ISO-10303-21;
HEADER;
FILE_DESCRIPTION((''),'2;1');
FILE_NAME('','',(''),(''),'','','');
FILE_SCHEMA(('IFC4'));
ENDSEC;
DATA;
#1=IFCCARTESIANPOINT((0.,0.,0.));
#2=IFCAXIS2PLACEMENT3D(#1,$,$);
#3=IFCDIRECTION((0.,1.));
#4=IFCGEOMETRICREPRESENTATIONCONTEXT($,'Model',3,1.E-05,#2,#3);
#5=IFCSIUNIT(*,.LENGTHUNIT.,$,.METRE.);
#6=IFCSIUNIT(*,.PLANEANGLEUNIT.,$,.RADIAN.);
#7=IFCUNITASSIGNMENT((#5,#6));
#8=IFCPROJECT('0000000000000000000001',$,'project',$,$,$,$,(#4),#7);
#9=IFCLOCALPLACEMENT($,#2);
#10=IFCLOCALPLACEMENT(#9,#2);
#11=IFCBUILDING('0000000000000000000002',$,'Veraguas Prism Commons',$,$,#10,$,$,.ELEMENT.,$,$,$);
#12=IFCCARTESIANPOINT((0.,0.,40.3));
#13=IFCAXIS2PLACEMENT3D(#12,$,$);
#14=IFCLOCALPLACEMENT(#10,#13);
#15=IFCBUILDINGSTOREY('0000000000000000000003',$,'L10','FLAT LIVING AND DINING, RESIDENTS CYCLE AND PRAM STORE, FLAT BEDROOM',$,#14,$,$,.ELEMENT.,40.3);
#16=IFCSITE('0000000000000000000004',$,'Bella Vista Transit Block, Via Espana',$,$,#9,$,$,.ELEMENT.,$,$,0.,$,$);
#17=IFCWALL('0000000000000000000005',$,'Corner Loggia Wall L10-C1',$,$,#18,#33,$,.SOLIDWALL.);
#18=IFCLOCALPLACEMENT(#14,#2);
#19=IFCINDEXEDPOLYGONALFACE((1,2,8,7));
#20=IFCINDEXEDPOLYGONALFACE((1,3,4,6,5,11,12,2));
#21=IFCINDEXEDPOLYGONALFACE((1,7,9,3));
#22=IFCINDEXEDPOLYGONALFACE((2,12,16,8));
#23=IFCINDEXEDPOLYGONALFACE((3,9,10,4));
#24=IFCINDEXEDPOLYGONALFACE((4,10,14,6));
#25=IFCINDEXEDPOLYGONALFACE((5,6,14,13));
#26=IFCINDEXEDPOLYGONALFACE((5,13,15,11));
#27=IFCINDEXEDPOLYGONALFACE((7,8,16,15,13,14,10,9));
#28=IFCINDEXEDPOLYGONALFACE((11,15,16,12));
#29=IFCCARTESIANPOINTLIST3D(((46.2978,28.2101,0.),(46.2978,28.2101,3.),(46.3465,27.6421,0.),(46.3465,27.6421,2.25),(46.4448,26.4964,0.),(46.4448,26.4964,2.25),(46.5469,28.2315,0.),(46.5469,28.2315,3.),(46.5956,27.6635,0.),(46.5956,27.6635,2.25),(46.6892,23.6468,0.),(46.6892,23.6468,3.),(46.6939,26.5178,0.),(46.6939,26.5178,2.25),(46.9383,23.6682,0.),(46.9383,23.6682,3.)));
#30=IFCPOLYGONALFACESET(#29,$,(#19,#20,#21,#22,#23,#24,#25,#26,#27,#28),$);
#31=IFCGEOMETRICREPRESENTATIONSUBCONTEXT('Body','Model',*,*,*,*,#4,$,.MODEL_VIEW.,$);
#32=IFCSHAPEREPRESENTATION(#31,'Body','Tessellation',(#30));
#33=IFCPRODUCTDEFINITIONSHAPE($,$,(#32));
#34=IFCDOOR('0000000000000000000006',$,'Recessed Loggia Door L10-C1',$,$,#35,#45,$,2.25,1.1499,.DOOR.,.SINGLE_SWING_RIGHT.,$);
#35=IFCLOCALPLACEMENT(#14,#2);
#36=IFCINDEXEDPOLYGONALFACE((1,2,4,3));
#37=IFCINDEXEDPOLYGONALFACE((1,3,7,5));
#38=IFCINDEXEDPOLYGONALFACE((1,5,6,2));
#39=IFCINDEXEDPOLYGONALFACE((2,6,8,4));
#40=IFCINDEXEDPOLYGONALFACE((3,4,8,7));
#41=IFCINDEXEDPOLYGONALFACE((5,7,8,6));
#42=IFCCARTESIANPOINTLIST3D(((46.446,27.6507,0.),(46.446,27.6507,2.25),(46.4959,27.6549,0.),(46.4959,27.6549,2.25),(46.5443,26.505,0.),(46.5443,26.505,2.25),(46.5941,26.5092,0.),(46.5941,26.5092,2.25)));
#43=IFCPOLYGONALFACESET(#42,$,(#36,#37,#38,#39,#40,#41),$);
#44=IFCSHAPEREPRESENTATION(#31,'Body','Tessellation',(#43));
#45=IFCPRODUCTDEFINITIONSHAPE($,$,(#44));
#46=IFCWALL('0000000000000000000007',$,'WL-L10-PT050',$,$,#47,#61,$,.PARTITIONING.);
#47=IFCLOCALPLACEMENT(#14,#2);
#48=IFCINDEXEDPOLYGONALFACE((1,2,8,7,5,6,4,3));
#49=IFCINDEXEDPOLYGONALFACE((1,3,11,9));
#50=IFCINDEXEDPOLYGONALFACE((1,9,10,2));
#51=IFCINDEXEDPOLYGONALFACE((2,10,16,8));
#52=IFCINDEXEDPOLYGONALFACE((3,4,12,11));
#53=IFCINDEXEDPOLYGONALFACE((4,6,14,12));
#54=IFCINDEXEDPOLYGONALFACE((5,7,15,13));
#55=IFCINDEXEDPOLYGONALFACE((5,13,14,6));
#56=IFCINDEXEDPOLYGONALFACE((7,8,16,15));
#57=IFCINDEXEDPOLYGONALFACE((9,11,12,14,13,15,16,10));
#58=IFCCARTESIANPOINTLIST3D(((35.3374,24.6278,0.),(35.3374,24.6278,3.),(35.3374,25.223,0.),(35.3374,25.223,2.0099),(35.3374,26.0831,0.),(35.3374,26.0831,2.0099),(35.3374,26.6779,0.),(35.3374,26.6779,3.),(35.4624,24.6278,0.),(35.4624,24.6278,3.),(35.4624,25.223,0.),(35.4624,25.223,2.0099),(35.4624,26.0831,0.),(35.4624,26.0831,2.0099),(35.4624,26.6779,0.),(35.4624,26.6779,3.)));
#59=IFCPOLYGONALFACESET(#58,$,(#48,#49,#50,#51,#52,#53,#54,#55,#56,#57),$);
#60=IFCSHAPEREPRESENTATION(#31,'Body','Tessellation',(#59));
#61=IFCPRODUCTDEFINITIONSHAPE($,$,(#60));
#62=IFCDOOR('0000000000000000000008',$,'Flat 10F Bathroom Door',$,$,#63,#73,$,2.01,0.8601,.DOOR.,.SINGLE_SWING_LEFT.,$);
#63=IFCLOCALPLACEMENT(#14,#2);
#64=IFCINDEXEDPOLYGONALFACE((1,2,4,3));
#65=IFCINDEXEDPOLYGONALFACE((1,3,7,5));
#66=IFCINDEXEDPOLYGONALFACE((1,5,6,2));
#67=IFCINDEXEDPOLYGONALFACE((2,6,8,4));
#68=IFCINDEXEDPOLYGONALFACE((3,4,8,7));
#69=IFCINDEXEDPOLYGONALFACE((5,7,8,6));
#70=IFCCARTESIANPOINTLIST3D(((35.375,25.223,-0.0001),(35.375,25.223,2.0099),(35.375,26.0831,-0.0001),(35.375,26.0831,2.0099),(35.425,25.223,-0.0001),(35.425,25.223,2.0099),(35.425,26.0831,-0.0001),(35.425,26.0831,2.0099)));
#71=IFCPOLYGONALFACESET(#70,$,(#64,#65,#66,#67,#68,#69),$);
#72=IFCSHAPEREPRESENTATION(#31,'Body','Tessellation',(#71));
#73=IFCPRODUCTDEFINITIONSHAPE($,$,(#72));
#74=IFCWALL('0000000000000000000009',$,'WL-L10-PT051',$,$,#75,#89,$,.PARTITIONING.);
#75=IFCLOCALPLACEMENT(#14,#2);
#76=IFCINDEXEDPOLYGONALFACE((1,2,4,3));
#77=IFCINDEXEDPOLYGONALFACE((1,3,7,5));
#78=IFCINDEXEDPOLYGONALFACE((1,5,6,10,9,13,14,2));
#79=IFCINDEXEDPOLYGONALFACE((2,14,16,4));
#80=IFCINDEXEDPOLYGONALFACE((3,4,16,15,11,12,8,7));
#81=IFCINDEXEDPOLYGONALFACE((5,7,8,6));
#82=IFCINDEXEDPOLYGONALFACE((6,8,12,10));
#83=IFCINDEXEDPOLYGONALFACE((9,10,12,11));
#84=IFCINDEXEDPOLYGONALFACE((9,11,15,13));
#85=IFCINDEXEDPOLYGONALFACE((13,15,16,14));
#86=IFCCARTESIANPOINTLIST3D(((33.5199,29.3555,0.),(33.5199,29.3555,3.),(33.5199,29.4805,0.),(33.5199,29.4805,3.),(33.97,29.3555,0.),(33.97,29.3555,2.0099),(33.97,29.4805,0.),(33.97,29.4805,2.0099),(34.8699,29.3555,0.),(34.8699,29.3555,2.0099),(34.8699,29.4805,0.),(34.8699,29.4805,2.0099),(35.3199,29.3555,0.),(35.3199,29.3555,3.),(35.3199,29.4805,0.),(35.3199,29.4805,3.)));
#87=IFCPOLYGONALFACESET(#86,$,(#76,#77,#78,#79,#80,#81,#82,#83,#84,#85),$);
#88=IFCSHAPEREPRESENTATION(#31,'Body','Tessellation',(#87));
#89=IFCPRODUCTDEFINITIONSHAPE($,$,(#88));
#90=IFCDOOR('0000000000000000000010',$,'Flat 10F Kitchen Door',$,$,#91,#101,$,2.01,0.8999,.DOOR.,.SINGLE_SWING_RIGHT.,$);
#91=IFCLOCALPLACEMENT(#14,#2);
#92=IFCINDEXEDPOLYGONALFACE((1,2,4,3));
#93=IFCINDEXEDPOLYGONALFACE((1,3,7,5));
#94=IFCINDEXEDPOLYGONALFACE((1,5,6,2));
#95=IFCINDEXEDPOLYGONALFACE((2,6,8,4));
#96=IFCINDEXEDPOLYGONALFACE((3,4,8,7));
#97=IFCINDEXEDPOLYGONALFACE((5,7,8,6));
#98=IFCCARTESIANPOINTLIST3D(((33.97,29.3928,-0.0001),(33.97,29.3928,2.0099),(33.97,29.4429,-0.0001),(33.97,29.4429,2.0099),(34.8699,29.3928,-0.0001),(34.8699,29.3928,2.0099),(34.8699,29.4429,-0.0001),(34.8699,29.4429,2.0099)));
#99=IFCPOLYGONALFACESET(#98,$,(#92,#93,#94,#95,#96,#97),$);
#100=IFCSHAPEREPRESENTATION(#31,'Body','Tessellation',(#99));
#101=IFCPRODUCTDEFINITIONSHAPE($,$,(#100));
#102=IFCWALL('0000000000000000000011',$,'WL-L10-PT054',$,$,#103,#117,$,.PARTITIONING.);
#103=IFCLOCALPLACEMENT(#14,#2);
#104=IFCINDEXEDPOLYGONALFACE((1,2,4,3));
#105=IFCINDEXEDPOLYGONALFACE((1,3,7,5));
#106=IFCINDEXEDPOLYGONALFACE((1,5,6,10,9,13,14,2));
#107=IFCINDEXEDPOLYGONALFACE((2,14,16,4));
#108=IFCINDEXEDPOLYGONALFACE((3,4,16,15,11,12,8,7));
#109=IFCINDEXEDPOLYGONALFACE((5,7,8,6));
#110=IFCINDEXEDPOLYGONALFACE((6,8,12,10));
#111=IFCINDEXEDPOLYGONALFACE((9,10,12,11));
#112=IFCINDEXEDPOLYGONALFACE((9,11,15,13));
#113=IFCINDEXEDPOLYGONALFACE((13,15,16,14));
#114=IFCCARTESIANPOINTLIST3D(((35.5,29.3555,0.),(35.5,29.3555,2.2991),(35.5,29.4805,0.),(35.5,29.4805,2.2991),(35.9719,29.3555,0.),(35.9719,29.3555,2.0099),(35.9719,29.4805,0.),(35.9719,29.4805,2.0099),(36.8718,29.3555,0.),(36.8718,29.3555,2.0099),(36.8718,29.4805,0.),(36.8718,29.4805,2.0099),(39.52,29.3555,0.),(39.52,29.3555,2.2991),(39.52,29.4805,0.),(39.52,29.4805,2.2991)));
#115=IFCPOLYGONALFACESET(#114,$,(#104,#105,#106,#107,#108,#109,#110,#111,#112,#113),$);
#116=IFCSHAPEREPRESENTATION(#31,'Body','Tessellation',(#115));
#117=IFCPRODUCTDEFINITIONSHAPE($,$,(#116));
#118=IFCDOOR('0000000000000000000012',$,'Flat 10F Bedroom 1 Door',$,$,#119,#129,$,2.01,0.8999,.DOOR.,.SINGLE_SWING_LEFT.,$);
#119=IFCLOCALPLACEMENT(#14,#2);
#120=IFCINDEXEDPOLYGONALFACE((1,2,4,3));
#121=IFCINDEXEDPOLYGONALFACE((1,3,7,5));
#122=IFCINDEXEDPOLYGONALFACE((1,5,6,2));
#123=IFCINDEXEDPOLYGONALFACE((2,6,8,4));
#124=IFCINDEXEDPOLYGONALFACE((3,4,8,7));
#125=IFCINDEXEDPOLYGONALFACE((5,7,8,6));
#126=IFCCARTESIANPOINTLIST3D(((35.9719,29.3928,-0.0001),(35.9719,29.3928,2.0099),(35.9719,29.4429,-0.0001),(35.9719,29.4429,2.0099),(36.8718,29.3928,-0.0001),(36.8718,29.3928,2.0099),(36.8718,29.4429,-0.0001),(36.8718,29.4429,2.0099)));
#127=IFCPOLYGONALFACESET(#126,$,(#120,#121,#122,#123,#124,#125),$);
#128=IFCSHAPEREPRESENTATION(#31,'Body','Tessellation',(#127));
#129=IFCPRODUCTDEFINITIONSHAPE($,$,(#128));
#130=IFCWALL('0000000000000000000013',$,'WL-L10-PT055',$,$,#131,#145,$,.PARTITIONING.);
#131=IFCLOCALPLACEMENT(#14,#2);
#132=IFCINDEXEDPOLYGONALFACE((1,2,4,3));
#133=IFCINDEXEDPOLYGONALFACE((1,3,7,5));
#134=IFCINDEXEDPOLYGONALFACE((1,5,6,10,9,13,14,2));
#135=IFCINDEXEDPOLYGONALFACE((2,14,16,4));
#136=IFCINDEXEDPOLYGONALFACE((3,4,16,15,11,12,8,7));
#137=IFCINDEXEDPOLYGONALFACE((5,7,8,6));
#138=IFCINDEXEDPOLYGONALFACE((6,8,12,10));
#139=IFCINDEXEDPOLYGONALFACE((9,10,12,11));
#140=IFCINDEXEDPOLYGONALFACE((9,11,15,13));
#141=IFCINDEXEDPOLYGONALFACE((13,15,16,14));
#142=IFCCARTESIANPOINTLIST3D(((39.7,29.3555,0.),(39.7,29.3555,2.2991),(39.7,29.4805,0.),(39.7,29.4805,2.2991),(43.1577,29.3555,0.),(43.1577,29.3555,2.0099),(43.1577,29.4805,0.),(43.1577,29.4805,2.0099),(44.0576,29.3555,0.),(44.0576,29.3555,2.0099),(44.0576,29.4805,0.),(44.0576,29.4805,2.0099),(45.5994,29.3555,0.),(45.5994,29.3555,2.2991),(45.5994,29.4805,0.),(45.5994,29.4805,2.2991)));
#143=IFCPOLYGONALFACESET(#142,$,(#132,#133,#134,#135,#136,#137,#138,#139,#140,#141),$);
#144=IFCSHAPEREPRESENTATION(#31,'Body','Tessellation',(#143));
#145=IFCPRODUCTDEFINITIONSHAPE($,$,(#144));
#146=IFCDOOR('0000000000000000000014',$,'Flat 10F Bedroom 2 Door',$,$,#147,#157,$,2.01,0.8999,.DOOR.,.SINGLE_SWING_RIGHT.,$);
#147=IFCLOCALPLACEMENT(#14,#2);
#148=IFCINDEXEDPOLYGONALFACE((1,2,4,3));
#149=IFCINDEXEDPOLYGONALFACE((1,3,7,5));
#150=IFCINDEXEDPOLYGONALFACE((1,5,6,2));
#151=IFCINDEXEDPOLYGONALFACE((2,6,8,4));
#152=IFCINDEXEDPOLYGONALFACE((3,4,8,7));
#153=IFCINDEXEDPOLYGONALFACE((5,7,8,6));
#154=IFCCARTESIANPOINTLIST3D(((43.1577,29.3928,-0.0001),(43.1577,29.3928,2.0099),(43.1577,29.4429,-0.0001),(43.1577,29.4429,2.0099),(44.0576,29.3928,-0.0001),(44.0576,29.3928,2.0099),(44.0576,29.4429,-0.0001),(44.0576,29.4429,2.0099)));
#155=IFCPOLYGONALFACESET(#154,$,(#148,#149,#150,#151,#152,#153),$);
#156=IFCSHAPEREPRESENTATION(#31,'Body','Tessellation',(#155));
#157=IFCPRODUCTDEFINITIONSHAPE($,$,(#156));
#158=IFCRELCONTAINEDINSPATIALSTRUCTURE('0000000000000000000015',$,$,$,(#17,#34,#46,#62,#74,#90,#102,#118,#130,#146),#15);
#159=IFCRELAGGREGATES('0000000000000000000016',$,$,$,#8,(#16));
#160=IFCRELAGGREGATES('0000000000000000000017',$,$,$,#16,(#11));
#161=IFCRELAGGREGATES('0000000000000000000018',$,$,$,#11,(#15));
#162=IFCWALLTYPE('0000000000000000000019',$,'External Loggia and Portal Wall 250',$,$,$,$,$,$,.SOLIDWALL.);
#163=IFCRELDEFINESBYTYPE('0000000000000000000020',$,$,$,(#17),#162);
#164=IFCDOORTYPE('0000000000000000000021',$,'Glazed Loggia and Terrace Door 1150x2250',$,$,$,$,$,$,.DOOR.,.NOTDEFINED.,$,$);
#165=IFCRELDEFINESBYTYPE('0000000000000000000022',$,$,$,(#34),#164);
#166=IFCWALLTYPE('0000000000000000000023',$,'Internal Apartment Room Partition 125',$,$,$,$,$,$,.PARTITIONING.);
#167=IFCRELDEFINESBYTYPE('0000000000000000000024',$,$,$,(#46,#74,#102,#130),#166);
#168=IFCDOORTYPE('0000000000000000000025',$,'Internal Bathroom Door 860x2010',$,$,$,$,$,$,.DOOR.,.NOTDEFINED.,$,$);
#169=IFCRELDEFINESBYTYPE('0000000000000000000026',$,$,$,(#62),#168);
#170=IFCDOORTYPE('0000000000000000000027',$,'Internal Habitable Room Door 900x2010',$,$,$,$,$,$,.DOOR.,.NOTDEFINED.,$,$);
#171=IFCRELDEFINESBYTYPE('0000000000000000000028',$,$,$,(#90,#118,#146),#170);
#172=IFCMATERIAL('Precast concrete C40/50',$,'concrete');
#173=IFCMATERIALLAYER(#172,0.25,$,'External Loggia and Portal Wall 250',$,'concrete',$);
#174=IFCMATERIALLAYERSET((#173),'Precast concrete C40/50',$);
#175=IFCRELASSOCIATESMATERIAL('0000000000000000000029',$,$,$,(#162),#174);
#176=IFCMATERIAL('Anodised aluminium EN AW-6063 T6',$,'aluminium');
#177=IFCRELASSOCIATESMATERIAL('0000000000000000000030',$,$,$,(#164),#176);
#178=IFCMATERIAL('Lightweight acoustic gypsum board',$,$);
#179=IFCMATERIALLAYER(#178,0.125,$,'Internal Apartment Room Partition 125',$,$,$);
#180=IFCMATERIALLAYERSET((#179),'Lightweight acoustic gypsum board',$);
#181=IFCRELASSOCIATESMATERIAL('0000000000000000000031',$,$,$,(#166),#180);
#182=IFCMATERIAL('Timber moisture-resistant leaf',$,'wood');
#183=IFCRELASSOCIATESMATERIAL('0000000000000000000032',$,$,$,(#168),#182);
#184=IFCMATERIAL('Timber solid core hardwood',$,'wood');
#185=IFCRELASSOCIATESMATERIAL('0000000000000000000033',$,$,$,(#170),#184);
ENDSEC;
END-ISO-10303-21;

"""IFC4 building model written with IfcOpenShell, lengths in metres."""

from ifc_helpers import new_model, si_unit, direction, frame, frame_2d, origin, place, context, subcontext, project, spatial, rectangle, extrude, source, transform, mapped, material, layer, layer_set, type_object, element, fill, save


model = new_model("IFC4")

# Units and contexts
model_context = context("Model", 3, precision=1e-05, world=origin(), true_north=direction((0.0, 1.0)))
body_context = subcontext(model_context, "Body", "Model", "MODEL_VIEW")
ifc_project = project(units=[si_unit("LENGTHUNIT", "METRE"), si_unit("PLANEANGLEUNIT", "RADIAN")], contexts=[model_context])

# Site, building, storey
site_placement = place(None, origin())
site = spatial("IfcSite", under=ifc_project, at=site_placement, Name="Bella Vista Transit Block, Via Espana", CompositionType="ELEMENT", RefElevation=0.0)
building_placement = place(site_placement, origin())
building = spatial("IfcBuilding", under=site, at=building_placement, Name="Veraguas Prism Commons", CompositionType="ELEMENT")
storey_placement = place(building_placement, frame((0.0, 0.0, 40.3)))
storey = spatial("IfcBuildingStorey", under=building, at=storey_placement, Name="L10", Description="FLAT LIVING AND DINING, RESIDENTS CYCLE AND PRAM STORE, FLAT BEDROOM", CompositionType="ELEMENT", Elevation=40.3)

# Shared definitions
ifc_material_1 = material(Name="Anodised aluminium EN AW-6063 T6", Category="aluminium")

# Walls, openings, doors
ifc_material_2 = material(Name="Precast concrete C40/50", Category="concrete")
ifc_layer_1 = layer(ifc_material_2, 0.25, Name="External Loggia and Portal Wall 250", Category="concrete")
ifc_layer_set_1 = layer_set([ifc_layer_1], Name="Precast concrete C40/50")
wall_type_1 = type_object("IfcWallType", Name="External Loggia and Portal Wall 250", PredefinedType="SOLIDWALL", material=ifc_layer_set_1)
wall_1_placement = place(storey_placement, frame((46.8137, 23.6575, 0.0), z_axis=(0.0, 0.0, 1.0), x_axis=(-0.08545, 0.996343, 0.0)))
wall_1 = element("IfcWall", 1, at=wall_1_placement, inside=storey, type_object=wall_type_1, Name="Corner Loggia Wall L10-C1", PredefinedType="SOLIDWALL", context=body_context, shape_type="SweptSolid", body=[
    extrude(rectangle(XDim=4.5801, YDim=0.25, at=frame_2d((2.29, 0.0))), origin(), (0.0, 0.0, 1.0), 3.0),
])
opening_1_placement = place(wall_1_placement, frame((2.8601, 0.0, 0.0)))
opening_1 = element("IfcOpeningElement", 2, at=opening_1_placement, cuts=wall_1, PredefinedType="OPENING", context=body_context, shape_type="SweptSolid", body=[
    extrude(rectangle(XDim=1.1499, YDim=2.25, at=frame_2d((0.575, 1.125))), frame((0.0, 0.135, 0.0), z_axis=(0.0, -1.0, 0.0), x_axis=(1.0, 0.0, 0.0)), (0.0, 0.0, 1.0), 0.27),
])
door_type_1 = type_object("IfcDoorType", Name="Glazed Loggia and Terrace Door 1150x2250", OperationType="NOTDEFINED", PredefinedType="DOOR", material=ifc_material_1)
shared_shape_1 = source(origin(), body_context, "Body", "SweptSolid", [
    extrude(rectangle(XDim=1.1499, YDim=2.25, at=frame_2d((0.575, 1.125))), frame((0.0, 0.0249, 0.0), z_axis=(0.0, -1.0, 0.0), x_axis=(1.0, 0.0, 0.0)), (0.0, 0.0, 1.0), 0.05),
])
door_1_placement = place(opening_1_placement, frame((1.1499, 0.0, 0.0), z_axis=(0.0, 0.0, 1.0), x_axis=(-1.0, 0.0, 0.0)))
door_1 = element("IfcDoor", 3, at=door_1_placement, inside=storey, type_object=door_type_1, Name="Recessed Loggia Door L10-C1", OperationType="SINGLE_SWING_RIGHT", OverallHeight=2.25, OverallWidth=1.1499, PredefinedType="DOOR", context=body_context, shape_type="MappedRepresentation", body=[
    mapped(shared_shape_1, transform((0.0, 0.0, 0.0), scale=1.0)),
])
fill(opening_1, door_1)
ifc_material_3 = material(Name="Lightweight acoustic gypsum board")
ifc_layer_2 = layer(ifc_material_3, 0.125, Name="Internal Apartment Room Partition 125")
ifc_layer_set_2 = layer_set([ifc_layer_2], Name="Lightweight acoustic gypsum board")
wall_type_2 = type_object("IfcWallType", Name="Internal Apartment Room Partition 125", PredefinedType="PARTITIONING", material=ifc_layer_set_2)
wall_2_placement = place(storey_placement, frame((35.3999, 24.6279, 0.0), z_axis=(0.0, 0.0, 1.0), x_axis=(0.0, 1.0, 0.0)))
wall_2 = element("IfcWall", 4, at=wall_2_placement, inside=storey, type_object=wall_type_2, Name="WL-L10-PT050", PredefinedType="PARTITIONING", context=body_context, shape_type="SweptSolid", body=[
    extrude(rectangle(XDim=2.05, YDim=0.125, at=frame_2d((1.0249, 0.0))), origin(), (0.0, 0.0, 1.0), 3.0),
])
opening_2_placement = place(wall_2_placement, frame((0.595, 0.0, 0.0)))
opening_2 = element("IfcOpeningElement", 5, at=opening_2_placement, cuts=wall_2, PredefinedType="OPENING", context=body_context, shape_type="SweptSolid", body=[
    extrude(rectangle(XDim=0.8601, YDim=2.01, at=frame_2d((0.4302, 1.0049))), frame((0.0, 0.0725, 0.0), z_axis=(0.0, -1.0, 0.0), x_axis=(1.0, 0.0, 0.0)), (0.0, 0.0, 1.0), 0.145),
])
ifc_material_4 = material(Name="Timber moisture-resistant leaf", Category="wood")
door_type_2 = type_object("IfcDoorType", Name="Internal Bathroom Door 860x2010", OperationType="NOTDEFINED", PredefinedType="DOOR", material=ifc_material_4)
shared_shape_2 = source(origin(), body_context, "Body", "SweptSolid", [
    extrude(rectangle(XDim=0.8601, YDim=2.01, at=frame_2d((0.4302, 1.0049))), frame((0.0, 0.0249, 0.0), z_axis=(0.0, -1.0, 0.0), x_axis=(1.0, 0.0, 0.0)), (0.0, 0.0, 1.0), 0.05),
])
door_2_placement = place(opening_2_placement, origin())
door_2 = element("IfcDoor", 6, at=door_2_placement, inside=storey, type_object=door_type_2, Name="Flat 10F Bathroom Door", OperationType="SINGLE_SWING_LEFT", OverallHeight=2.01, OverallWidth=0.8601, PredefinedType="DOOR", context=body_context, shape_type="MappedRepresentation", body=[
    mapped(shared_shape_2, transform((0.0, 0.0, 0.0), scale=1.0)),
])
fill(opening_2, door_2)
wall_3_placement = place(storey_placement, frame((33.52, 29.418, 0.0), z_axis=(0.0, 0.0, 1.0), x_axis=(1.0, 0.0, 0.0)))
wall_3 = element("IfcWall", 7, at=wall_3_placement, inside=storey, type_object=wall_type_2, Name="WL-L10-PT051", PredefinedType="PARTITIONING", context=body_context, shape_type="SweptSolid", body=[
    extrude(rectangle(XDim=1.8, YDim=0.125, at=frame_2d((0.8999, 0.0))), origin(), (0.0, 0.0, 1.0), 3.0),
])
opening_3_placement = place(wall_3_placement, frame((0.45, 0.0, 0.0)))
opening_3 = element("IfcOpeningElement", 8, at=opening_3_placement, cuts=wall_3, PredefinedType="OPENING", context=body_context, shape_type="SweptSolid", body=[
    extrude(rectangle(XDim=0.8999, YDim=2.01, at=frame_2d((0.45, 1.0049))), frame((0.0, 0.0725, 0.0), z_axis=(0.0, -1.0, 0.0), x_axis=(1.0, 0.0, 0.0)), (0.0, 0.0, 1.0), 0.145),
])
ifc_material_5 = material(Name="Timber solid core hardwood", Category="wood")
door_type_3 = type_object("IfcDoorType", Name="Internal Habitable Room Door 900x2010", OperationType="NOTDEFINED", PredefinedType="DOOR", material=ifc_material_5)
shared_shape_3 = source(origin(), body_context, "Body", "SweptSolid", [
    extrude(rectangle(XDim=0.8999, YDim=2.01, at=frame_2d((0.45, 1.0049))), frame((0.0, 0.0249, 0.0), z_axis=(0.0, -1.0, 0.0), x_axis=(1.0, 0.0, 0.0)), (0.0, 0.0, 1.0), 0.05),
])
door_3_placement = place(opening_3_placement, origin())
door_3 = element("IfcDoor", 9, at=door_3_placement, inside=storey, type_object=door_type_3, Name="Flat 10F Kitchen Door", OperationType="SINGLE_SWING_RIGHT", OverallHeight=2.01, OverallWidth=0.8999, PredefinedType="DOOR", context=body_context, shape_type="MappedRepresentation", body=[
    mapped(shared_shape_3, transform((0.0, 0.0, 0.0), scale=1.0)),
])
fill(opening_3, door_3)
wall_4_placement = place(storey_placement, frame((35.5, 29.418, 0.0), z_axis=(0.0, 0.0, 1.0), x_axis=(1.0, 0.0, 0.0)))
wall_4 = element("IfcWall", 10, at=wall_4_placement, inside=storey, type_object=wall_type_2, Name="WL-L10-PT054", PredefinedType="PARTITIONING", context=body_context, shape_type="SweptSolid", body=[
    extrude(rectangle(XDim=4.02, YDim=0.125, at=frame_2d((2.01, 0.0))), origin(), (0.0, 0.0, 1.0), 2.2991),
])
opening_4_placement = place(wall_4_placement, frame((0.4719, 0.0, 0.0)))
opening_4 = element("IfcOpeningElement", 11, at=opening_4_placement, cuts=wall_4, PredefinedType="OPENING", context=body_context, shape_type="SweptSolid", body=[
    extrude(rectangle(XDim=0.8999, YDim=2.01, at=frame_2d((0.45, 1.0049))), frame((0.0, 0.0725, 0.0), z_axis=(0.0, -1.0, 0.0), x_axis=(1.0, 0.0, 0.0)), (0.0, 0.0, 1.0), 0.145),
])
door_4_placement = place(opening_4_placement, origin())
door_4 = element("IfcDoor", 12, at=door_4_placement, inside=storey, type_object=door_type_3, Name="Flat 10F Bedroom 1 Door", OperationType="SINGLE_SWING_LEFT", OverallHeight=2.01, OverallWidth=0.8999, PredefinedType="DOOR", context=body_context, shape_type="MappedRepresentation", body=[
    mapped(shared_shape_3, transform((0.0, 0.0, 0.0), scale=1.0)),
])
fill(opening_4, door_4)
wall_5_placement = place(storey_placement, frame((39.7, 29.418, 0.0), z_axis=(0.0, 0.0, 1.0), x_axis=(1.0, 0.0, 0.0)))
wall_5 = element("IfcWall", 13, at=wall_5_placement, inside=storey, type_object=wall_type_2, Name="WL-L10-PT055", PredefinedType="PARTITIONING", context=body_context, shape_type="SweptSolid", body=[
    extrude(rectangle(XDim=5.8994, YDim=0.125, at=frame_2d((2.9497, 0.0))), origin(), (0.0, 0.0, 1.0), 2.2991),
])
opening_5_placement = place(wall_5_placement, frame((3.4578, 0.0, 0.0)))
opening_5 = element("IfcOpeningElement", 14, at=opening_5_placement, cuts=wall_5, PredefinedType="OPENING", context=body_context, shape_type="SweptSolid", body=[
    extrude(rectangle(XDim=0.8999, YDim=2.01, at=frame_2d((0.45, 1.0049))), frame((0.0, 0.0725, 0.0), z_axis=(0.0, -1.0, 0.0), x_axis=(1.0, 0.0, 0.0)), (0.0, 0.0, 1.0), 0.145),
])
door_5_placement = place(opening_5_placement, origin())
door_5 = element("IfcDoor", 15, at=door_5_placement, inside=storey, type_object=door_type_3, Name="Flat 10F Bedroom 2 Door", OperationType="SINGLE_SWING_RIGHT", OverallHeight=2.01, OverallWidth=0.8999, PredefinedType="DOOR", context=body_context, shape_type="MappedRepresentation", body=[
    mapped(shared_shape_3, transform((0.0, 0.0, 0.0), scale=1.0)),
])
fill(opening_5, door_5)

save(model, "model.ifc")
